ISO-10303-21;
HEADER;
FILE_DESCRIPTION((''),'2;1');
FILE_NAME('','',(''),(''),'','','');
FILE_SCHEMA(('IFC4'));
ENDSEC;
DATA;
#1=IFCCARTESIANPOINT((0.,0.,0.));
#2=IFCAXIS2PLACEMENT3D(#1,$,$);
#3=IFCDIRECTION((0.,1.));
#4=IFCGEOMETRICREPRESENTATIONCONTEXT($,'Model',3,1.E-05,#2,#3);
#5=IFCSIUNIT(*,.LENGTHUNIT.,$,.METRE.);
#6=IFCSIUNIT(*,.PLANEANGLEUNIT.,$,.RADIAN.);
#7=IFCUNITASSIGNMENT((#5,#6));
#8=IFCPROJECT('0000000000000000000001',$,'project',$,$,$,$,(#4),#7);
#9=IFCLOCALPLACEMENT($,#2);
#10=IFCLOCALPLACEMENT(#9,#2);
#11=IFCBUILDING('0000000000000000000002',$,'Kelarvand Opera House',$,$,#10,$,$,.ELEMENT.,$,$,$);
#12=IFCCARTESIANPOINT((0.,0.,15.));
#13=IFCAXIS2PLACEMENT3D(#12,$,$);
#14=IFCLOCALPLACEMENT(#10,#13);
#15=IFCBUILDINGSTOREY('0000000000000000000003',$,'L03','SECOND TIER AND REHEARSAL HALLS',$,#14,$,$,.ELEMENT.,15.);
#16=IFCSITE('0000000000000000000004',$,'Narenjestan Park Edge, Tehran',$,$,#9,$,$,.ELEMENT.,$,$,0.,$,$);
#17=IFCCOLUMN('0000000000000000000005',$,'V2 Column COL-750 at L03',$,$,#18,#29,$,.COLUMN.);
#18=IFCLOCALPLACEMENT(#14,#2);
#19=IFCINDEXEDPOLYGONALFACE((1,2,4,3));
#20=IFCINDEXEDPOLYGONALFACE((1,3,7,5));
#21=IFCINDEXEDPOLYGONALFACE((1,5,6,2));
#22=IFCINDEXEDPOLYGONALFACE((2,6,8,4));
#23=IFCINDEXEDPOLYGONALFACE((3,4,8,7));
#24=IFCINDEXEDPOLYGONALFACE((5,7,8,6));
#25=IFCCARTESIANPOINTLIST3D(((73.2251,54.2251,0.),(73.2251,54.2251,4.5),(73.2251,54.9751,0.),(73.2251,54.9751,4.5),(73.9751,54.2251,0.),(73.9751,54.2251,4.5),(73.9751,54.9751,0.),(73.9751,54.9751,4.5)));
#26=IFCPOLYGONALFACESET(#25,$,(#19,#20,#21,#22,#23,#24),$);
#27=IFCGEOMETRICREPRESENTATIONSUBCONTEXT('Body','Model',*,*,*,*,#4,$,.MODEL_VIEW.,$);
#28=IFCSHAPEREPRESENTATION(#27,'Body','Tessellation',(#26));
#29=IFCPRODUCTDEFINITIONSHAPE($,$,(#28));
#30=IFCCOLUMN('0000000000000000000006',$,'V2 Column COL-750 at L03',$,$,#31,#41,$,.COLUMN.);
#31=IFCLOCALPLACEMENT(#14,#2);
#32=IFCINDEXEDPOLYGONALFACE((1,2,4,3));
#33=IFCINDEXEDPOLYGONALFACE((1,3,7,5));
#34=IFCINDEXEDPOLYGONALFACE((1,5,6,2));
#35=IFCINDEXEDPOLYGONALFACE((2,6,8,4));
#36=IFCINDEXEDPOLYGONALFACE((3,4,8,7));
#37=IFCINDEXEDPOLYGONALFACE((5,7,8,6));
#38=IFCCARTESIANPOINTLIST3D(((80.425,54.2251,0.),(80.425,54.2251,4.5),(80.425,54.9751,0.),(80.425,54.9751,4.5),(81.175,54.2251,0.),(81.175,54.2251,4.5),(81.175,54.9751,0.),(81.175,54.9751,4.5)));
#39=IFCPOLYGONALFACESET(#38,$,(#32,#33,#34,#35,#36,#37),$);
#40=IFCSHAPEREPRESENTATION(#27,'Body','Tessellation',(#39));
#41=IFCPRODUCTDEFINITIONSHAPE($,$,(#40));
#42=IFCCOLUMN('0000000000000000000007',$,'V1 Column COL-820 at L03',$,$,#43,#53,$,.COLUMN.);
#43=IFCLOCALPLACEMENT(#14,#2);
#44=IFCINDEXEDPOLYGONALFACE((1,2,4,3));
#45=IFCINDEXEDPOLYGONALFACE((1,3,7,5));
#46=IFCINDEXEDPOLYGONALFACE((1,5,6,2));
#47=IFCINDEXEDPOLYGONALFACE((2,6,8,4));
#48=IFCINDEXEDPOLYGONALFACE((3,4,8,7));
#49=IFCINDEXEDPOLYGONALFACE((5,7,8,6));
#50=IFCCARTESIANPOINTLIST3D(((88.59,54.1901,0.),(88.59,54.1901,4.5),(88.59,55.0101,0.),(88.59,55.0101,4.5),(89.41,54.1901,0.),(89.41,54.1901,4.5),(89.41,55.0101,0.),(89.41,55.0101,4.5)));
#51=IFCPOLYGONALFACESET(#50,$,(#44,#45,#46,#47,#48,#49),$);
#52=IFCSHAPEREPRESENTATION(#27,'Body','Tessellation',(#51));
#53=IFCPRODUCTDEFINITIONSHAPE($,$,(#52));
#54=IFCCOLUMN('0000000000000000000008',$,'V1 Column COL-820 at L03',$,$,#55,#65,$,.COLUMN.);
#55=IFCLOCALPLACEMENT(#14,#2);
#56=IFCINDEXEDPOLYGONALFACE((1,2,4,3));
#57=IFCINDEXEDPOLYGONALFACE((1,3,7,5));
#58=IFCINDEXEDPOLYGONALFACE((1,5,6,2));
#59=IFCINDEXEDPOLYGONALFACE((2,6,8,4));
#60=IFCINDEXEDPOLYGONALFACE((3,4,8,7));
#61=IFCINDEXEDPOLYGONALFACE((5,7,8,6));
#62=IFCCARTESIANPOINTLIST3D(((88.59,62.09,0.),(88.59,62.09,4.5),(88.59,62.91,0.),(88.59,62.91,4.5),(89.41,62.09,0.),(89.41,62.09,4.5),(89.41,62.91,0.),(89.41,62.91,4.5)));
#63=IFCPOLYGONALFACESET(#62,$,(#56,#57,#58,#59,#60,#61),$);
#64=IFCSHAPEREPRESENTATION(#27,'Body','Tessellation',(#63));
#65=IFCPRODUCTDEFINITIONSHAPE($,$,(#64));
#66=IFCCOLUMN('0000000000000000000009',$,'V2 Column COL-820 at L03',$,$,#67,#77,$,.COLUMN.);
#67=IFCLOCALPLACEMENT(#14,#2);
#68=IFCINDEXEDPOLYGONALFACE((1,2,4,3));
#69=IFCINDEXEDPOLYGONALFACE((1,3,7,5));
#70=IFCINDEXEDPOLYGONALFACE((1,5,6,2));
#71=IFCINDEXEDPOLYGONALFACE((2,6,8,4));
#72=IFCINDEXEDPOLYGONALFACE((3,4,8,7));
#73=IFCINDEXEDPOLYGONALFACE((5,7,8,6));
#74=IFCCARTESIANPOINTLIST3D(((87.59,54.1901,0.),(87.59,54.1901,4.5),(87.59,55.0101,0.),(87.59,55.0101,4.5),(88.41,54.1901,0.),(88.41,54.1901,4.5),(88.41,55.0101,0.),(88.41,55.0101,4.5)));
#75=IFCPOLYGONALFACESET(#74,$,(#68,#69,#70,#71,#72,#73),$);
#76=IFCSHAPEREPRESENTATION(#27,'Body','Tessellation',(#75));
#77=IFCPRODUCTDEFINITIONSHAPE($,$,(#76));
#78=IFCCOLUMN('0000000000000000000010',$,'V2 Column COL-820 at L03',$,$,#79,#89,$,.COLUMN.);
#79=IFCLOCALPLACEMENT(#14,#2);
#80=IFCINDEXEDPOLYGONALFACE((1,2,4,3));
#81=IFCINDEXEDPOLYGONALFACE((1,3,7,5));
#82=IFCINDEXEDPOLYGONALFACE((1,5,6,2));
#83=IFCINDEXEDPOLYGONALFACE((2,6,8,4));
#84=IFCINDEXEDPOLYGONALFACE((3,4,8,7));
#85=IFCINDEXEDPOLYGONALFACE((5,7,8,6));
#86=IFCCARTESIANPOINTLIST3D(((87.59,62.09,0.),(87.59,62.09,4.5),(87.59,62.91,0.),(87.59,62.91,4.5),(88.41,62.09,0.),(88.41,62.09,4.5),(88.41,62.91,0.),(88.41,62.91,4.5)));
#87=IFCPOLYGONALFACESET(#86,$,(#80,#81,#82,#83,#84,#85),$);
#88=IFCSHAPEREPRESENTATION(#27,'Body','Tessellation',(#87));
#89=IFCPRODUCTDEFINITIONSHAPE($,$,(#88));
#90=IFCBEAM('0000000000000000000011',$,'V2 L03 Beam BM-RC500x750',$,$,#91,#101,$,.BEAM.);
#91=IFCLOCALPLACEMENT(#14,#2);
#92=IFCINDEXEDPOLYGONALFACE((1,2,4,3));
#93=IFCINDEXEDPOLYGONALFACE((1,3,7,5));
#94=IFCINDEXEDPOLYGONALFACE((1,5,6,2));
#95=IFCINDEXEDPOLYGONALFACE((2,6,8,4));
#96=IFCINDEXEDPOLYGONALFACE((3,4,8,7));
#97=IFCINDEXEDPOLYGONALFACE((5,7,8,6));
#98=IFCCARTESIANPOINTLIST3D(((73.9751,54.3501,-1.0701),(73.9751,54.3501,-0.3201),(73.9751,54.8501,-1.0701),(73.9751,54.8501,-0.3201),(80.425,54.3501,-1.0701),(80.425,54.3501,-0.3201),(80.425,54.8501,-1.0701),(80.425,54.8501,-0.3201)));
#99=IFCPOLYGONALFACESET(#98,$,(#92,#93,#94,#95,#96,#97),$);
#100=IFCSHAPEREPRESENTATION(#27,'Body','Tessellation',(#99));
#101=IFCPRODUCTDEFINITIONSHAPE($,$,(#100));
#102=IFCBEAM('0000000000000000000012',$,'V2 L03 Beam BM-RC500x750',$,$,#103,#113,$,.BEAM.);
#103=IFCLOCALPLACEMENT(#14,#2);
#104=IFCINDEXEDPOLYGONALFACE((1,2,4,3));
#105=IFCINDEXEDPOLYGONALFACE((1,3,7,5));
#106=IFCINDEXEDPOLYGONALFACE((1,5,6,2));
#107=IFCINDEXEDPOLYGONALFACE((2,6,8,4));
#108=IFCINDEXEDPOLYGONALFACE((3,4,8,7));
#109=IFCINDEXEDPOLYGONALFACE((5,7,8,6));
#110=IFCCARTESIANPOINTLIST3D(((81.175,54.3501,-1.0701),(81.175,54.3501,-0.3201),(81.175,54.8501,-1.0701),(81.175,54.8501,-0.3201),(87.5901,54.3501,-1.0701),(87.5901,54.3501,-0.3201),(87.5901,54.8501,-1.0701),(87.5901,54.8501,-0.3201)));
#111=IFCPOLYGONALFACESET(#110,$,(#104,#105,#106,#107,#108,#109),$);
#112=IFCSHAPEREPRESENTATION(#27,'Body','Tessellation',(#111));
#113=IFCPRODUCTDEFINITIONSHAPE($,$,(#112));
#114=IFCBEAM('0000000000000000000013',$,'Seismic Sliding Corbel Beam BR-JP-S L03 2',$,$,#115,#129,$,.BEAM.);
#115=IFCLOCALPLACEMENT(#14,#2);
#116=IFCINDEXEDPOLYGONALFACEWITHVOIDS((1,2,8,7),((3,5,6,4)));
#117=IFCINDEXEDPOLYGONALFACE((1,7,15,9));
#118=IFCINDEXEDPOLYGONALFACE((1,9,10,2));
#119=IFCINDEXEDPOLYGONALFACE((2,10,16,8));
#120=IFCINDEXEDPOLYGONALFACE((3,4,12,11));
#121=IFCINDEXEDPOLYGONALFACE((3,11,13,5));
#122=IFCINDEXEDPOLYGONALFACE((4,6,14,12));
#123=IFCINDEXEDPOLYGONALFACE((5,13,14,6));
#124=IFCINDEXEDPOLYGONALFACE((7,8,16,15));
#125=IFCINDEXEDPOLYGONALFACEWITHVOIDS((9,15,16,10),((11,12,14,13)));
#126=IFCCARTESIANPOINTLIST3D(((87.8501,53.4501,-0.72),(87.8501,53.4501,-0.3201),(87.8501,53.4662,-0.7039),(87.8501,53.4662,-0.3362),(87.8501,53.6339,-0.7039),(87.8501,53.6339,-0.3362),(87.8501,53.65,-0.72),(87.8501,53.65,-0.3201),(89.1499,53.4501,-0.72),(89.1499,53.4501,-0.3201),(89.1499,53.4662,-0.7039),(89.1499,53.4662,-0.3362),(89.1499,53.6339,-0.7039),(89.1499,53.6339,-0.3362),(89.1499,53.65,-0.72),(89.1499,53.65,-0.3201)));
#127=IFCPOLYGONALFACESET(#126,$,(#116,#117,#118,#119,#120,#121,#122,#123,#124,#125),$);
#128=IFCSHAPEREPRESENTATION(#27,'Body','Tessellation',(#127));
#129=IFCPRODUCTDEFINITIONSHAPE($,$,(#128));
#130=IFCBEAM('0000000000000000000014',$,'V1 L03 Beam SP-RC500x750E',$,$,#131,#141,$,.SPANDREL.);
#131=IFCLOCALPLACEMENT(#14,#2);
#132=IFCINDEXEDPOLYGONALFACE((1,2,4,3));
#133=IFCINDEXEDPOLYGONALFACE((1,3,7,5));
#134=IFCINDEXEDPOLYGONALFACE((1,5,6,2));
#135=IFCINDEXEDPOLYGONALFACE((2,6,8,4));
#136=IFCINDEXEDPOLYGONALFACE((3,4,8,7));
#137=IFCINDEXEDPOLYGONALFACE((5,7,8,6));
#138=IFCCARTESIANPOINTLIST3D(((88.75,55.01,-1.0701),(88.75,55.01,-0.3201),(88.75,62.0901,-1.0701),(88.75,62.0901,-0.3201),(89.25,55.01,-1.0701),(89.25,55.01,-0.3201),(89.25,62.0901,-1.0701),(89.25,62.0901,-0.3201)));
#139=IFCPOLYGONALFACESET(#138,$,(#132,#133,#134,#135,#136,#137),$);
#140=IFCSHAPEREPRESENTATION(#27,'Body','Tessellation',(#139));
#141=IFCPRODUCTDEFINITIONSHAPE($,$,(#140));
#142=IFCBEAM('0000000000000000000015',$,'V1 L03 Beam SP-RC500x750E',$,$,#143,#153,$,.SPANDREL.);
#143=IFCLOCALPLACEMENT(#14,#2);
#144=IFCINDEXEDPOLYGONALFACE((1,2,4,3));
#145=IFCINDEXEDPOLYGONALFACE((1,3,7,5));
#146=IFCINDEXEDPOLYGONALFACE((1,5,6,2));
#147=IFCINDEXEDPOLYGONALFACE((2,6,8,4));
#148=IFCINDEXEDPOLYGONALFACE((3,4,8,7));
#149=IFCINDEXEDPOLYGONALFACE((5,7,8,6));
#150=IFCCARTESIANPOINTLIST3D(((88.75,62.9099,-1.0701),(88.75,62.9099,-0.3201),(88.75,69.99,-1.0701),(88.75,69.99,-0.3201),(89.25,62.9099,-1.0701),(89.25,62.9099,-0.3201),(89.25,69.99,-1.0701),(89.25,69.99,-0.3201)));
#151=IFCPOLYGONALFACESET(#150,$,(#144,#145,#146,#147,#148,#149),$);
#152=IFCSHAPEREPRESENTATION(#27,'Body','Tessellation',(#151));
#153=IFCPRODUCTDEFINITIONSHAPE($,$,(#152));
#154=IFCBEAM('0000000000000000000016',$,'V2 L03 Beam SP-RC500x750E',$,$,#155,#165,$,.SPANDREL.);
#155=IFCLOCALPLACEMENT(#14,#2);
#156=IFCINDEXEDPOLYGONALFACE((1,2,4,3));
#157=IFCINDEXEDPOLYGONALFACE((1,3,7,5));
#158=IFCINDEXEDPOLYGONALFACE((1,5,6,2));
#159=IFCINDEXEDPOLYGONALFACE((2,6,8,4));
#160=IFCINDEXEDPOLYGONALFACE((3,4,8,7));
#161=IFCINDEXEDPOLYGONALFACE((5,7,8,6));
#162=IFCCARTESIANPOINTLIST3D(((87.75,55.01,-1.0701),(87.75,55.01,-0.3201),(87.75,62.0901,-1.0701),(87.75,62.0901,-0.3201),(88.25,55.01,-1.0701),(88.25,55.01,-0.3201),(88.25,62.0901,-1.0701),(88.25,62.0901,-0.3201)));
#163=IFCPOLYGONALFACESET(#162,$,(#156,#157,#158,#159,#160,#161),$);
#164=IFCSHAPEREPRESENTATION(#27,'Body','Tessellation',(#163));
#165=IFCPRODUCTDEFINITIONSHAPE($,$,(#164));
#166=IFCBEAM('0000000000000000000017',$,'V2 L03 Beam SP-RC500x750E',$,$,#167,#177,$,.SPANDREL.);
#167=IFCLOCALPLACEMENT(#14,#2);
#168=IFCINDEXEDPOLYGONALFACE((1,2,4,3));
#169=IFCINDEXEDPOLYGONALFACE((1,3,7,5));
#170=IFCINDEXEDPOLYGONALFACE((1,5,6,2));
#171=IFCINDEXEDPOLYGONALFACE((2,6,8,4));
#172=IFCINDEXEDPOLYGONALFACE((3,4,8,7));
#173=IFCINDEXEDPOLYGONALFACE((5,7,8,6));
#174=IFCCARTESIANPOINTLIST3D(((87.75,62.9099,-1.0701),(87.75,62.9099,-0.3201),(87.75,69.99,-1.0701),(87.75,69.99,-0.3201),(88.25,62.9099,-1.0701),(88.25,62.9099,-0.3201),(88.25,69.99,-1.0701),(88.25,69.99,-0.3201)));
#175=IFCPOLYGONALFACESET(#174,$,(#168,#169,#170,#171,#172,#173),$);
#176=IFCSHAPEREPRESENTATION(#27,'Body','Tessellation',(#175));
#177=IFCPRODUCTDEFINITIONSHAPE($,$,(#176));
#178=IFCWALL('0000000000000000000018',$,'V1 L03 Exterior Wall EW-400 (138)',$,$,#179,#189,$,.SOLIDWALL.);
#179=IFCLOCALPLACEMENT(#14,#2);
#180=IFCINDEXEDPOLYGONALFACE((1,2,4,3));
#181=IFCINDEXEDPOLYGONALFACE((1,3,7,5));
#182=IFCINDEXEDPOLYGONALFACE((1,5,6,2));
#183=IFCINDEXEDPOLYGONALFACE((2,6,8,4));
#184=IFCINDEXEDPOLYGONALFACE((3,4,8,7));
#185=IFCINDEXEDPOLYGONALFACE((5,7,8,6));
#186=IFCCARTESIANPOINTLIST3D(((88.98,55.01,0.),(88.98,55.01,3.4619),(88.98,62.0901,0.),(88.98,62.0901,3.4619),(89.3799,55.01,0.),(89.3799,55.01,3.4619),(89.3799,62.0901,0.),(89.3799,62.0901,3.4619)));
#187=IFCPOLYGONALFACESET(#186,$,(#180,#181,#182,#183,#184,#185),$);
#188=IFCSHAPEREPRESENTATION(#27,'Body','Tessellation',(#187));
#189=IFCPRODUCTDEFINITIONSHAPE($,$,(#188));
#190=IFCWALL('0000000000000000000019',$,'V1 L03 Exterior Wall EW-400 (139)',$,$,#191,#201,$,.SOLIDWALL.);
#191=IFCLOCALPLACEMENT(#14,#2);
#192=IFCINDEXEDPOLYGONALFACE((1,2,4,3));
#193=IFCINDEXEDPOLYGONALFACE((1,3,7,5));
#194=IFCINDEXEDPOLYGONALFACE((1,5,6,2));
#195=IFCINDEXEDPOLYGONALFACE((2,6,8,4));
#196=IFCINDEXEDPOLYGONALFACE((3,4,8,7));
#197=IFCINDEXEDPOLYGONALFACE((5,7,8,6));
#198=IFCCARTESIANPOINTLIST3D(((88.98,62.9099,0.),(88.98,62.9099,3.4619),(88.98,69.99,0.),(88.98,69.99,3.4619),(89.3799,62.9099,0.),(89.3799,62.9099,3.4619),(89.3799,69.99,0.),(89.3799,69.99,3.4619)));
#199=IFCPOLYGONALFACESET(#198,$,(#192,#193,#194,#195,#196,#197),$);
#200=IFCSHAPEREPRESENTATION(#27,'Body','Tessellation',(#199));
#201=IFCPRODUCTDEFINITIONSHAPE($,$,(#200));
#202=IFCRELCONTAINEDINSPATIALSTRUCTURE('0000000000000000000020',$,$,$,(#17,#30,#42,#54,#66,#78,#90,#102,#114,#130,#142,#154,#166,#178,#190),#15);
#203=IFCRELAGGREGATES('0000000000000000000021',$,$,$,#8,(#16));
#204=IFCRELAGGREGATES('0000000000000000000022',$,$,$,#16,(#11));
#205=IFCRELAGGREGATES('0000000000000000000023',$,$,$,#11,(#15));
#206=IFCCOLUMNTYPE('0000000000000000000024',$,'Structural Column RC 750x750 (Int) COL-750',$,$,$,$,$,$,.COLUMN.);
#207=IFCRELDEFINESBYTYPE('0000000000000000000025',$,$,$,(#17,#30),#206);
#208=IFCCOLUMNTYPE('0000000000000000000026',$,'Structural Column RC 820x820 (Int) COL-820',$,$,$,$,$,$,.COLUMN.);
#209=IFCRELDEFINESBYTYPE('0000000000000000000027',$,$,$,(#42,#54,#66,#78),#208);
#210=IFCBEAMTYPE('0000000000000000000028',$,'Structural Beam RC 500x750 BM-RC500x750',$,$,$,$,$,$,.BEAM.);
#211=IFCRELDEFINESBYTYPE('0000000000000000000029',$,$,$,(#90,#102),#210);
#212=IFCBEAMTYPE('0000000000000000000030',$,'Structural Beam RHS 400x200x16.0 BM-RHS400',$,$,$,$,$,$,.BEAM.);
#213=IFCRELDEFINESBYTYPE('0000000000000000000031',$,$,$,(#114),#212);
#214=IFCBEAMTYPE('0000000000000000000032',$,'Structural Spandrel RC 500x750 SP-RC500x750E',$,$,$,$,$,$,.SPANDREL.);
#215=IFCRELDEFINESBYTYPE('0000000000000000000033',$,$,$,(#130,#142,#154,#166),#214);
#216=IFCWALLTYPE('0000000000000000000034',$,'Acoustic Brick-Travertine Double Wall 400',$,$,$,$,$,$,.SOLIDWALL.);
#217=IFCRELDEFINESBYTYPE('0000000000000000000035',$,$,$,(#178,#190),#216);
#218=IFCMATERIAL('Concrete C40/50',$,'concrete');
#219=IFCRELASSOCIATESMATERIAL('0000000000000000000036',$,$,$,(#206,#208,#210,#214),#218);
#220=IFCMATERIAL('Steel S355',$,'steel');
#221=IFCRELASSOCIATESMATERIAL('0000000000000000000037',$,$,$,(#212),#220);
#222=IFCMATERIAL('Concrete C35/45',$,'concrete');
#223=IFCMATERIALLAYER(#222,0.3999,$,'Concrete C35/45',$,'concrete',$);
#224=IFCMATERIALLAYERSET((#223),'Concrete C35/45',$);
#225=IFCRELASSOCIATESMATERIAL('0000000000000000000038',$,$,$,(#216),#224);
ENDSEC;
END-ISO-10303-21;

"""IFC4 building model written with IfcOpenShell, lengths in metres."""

from ifc_helpers import new_model, si_unit, direction, frame, frame_2d, origin, origin_2d, place, context, subcontext, project, spatial, rectangle, hollow_rectangle, extrude, material, layer, layer_set, material_profile, profile_set, type_object, element, save


model = new_model("IFC4")

# Units and contexts
model_context = context("Model", 3, precision=1e-05, world=origin(), true_north=direction((0.0, 1.0)))
body_context = subcontext(model_context, "Body", "Model", "MODEL_VIEW")
ifc_project = project(units=[si_unit("LENGTHUNIT", "METRE"), si_unit("PLANEANGLEUNIT", "RADIAN")], contexts=[model_context])

# Site, building, storey
site_placement = place(None, origin())
site = spatial("IfcSite", under=ifc_project, at=site_placement, Name="Narenjestan Park Edge, Tehran", CompositionType="ELEMENT", RefElevation=0.0)
building_placement = place(site_placement, origin())
building = spatial("IfcBuilding", under=site, at=building_placement, Name="Kelarvand Opera House", CompositionType="ELEMENT")
storey_placement = place(building_placement, frame((0.0, 0.0, 15.0)))
storey = spatial("IfcBuildingStorey", under=building, at=storey_placement, Name="L03", Description="SECOND TIER AND REHEARSAL HALLS", CompositionType="ELEMENT", Elevation=15.0)

# Columns
ifc_material_1 = material(Name="Concrete C40/50", Category="concrete")
ifc_material_profile_1 = material_profile(ifc_material_1, rectangle(XDim=0.75, YDim=0.75, at=origin_2d()), Name="RC 750x750", Category="concrete")
ifc_profile_set_1 = profile_set([ifc_material_profile_1], Name="Concrete C40/50")
column_type_1 = type_object("IfcColumnType", Name="Structural Column RC 750x750 (Int) COL-750", PredefinedType="COLUMN", material=ifc_profile_set_1)
for number, where, z_axis, x_axis, name in (
    (1, (73.6001, 54.6001, 0.0), (0.0, 0.0, 1.0), (1.0, 0.0, 0.0), "V2 Column COL-750 at L03"),
    (2, (80.8, 54.6001, 0.0), (0.0, 0.0, 1.0), (1.0, 0.0, 0.0), "V2 Column COL-750 at L03"),
):
    element("IfcColumn", number, at=place(storey_placement, frame(where, z_axis=z_axis, x_axis=x_axis)), inside=storey, type_object=column_type_1, Name=name, PredefinedType="COLUMN", context=body_context, shape_type="SweptSolid", body=[
        extrude(rectangle(XDim=0.75, YDim=0.75, at=origin_2d()), origin(), (0.0, 0.0, 1.0), 4.5),
    ])
ifc_material_profile_2 = material_profile(ifc_material_1, rectangle(XDim=0.8201, YDim=0.8201, at=origin_2d()), Name="RC 820x820", Category="concrete")
ifc_profile_set_2 = profile_set([ifc_material_profile_2], Name="Concrete C40/50")
column_type_2 = type_object("IfcColumnType", Name="Structural Column RC 820x820 (Int) COL-820", PredefinedType="COLUMN", material=ifc_profile_set_2)
for number, where, z_axis, x_axis, name in (
    (3, (89.0, 54.6001, 0.0), (0.0, 0.0, 1.0), (1.0, 0.0, 0.0), "V1 Column COL-820 at L03"),
    (4, (89.0, 62.5, 0.0), (0.0, 0.0, 1.0), (1.0, 0.0, 0.0), "V1 Column COL-820 at L03"),
    (5, (88.0, 54.6001, 0.0), (0.0, 0.0, 1.0), (1.0, 0.0, 0.0), "V2 Column COL-820 at L03"),
    (6, (88.0, 62.5, 0.0), (0.0, 0.0, 1.0), (1.0, 0.0, 0.0), "V2 Column COL-820 at L03"),
):
    element("IfcColumn", number, at=place(storey_placement, frame(where, z_axis=z_axis, x_axis=x_axis)), inside=storey, type_object=column_type_2, Name=name, PredefinedType="COLUMN", context=body_context, shape_type="SweptSolid", body=[
        extrude(rectangle(XDim=0.8201, YDim=0.8201, at=origin_2d()), origin(), (0.0, 0.0, 1.0), 4.5),
    ])

# Beams
ifc_material_profile_3 = material_profile(ifc_material_1, rectangle(XDim=0.5, YDim=0.75, at=origin_2d()), Name="RC 500x750", Category="concrete")
ifc_profile_set_3 = profile_set([ifc_material_profile_3], Name="Concrete C40/50")
beam_type_1 = type_object("IfcBeamType", Name="Structural Beam RC 500x750 BM-RC500x750", PredefinedType="BEAM", material=ifc_profile_set_3)
beam_1_placement = place(storey_placement, frame((73.9751, 54.6001, -0.6951), z_axis=(1.0, 0.0, 0.0), x_axis=(0.0, 1.0, 0.0)))
element("IfcBeam", 7, at=beam_1_placement, inside=storey, type_object=beam_type_1, Name="V2 L03 Beam BM-RC500x750", PredefinedType="BEAM", context=body_context, shape_type="SweptSolid", body=[
    extrude(rectangle(XDim=0.5, YDim=0.75, at=origin_2d()), origin(), (0.0, 0.0, 1.0), 6.45),
])
beam_2_placement = place(storey_placement, frame((81.175, 54.6001, -0.6951), z_axis=(1.0, 0.0, 0.0), x_axis=(0.0, 1.0, 0.0)))
element("IfcBeam", 8, at=beam_2_placement, inside=storey, type_object=beam_type_1, Name="V2 L03 Beam BM-RC500x750", PredefinedType="BEAM", context=body_context, shape_type="SweptSolid", body=[
    extrude(rectangle(XDim=0.5, YDim=0.75, at=origin_2d()), origin(), (0.0, 0.0, 1.0), 6.415),
])
ifc_material_2 = material(Name="Steel S355", Category="steel")
ifc_material_profile_4 = material_profile(ifc_material_2, hollow_rectangle(XDim=0.2, YDim=0.3999, WallThickness=0.0161, at=origin_2d()), Name="RHS 400x200x16.0", Category="steel")
ifc_profile_set_4 = profile_set([ifc_material_profile_4], Name="Steel S355")
beam_type_2 = type_object("IfcBeamType", Name="Structural Beam RHS 400x200x16.0 BM-RHS400", PredefinedType="BEAM", material=ifc_profile_set_4)
beam_3_placement = place(storey_placement, frame((87.8501, 53.55, -0.52), z_axis=(1.0, 0.0, 0.0), x_axis=(0.0, 1.0, 0.0)))
element("IfcBeam", 9, at=beam_3_placement, inside=storey, type_object=beam_type_2, Name="Seismic Sliding Corbel Beam BR-JP-S L03 2", PredefinedType="BEAM", context=body_context, shape_type="SweptSolid", body=[
    extrude(hollow_rectangle(XDim=0.2, YDim=0.3999, WallThickness=0.0161, at=origin_2d()), origin(), (0.0, 0.0, 1.0), 1.2998),
])
ifc_material_profile_5 = material_profile(ifc_material_1, rectangle(XDim=0.5, YDim=0.75, at=origin_2d()), Name="RC 500x750", Category="concrete")
ifc_profile_set_5 = profile_set([ifc_material_profile_5], Name="Concrete C40/50")
beam_type_3 = type_object("IfcBeamType", Name="Structural Spandrel RC 500x750 SP-RC500x750E", PredefinedType="SPANDREL", material=ifc_profile_set_5)
for number, where, z_axis, x_axis, name in (
    (10, (89.0, 55.01, -0.6951), (0.0, 1.0, 0.0), (-1.0, 0.0, 0.0), "V1 L03 Beam SP-RC500x750E"),
    (11, (89.0, 62.9099, -0.6951), (0.0, 1.0, 0.0), (-1.0, 0.0, 0.0), "V1 L03 Beam SP-RC500x750E"),
    (12, (88.0, 55.01, -0.6951), (0.0, 1.0, 0.0), (-1.0, 0.0, 0.0), "V2 L03 Beam SP-RC500x750E"),
    (13, (88.0, 62.9099, -0.6951), (0.0, 1.0, 0.0), (-1.0, 0.0, 0.0), "V2 L03 Beam SP-RC500x750E"),
):
    element("IfcBeam", number, at=place(storey_placement, frame(where, z_axis=z_axis, x_axis=x_axis)), inside=storey, type_object=beam_type_3, Name=name, PredefinedType="SPANDREL", context=body_context, shape_type="SweptSolid", body=[
        extrude(rectangle(XDim=0.5, YDim=0.75, at=origin_2d()), origin(), (0.0, 0.0, 1.0), 7.0801),
    ])

# Walls
ifc_material_3 = material(Name="Concrete C35/45", Category="concrete")
ifc_layer_1 = layer(ifc_material_3, 0.3999, Name="Concrete C35/45", Category="concrete")
ifc_layer_set_1 = layer_set([ifc_layer_1], Name="Concrete C35/45")
wall_type_1 = type_object("IfcWallType", Name="Acoustic Brick-Travertine Double Wall 400", PredefinedType="SOLIDWALL", material=ifc_layer_set_1)
for number, where, z_axis, x_axis, name in (
    (14, (89.1799, 55.01, 0.0), (0.0, 0.0, 1.0), (0.0, 1.0, 0.0), "V1 L03 Exterior Wall EW-400 (138)"),
    (15, (89.1799, 62.9099, 0.0), (0.0, 0.0, 1.0), (0.0, 1.0, 0.0), "V1 L03 Exterior Wall EW-400 (139)"),
):
    element("IfcWall", number, at=place(storey_placement, frame(where, z_axis=z_axis, x_axis=x_axis)), inside=storey, type_object=wall_type_1, Name=name, PredefinedType="SOLIDWALL", context=body_context, shape_type="SweptSolid", body=[
        extrude(rectangle(XDim=7.0801, YDim=0.3999, at=frame_2d((3.54, 0.0))), origin(), (0.0, 0.0, 1.0), 3.4619),
    ])

save(model, "model.ifc")
